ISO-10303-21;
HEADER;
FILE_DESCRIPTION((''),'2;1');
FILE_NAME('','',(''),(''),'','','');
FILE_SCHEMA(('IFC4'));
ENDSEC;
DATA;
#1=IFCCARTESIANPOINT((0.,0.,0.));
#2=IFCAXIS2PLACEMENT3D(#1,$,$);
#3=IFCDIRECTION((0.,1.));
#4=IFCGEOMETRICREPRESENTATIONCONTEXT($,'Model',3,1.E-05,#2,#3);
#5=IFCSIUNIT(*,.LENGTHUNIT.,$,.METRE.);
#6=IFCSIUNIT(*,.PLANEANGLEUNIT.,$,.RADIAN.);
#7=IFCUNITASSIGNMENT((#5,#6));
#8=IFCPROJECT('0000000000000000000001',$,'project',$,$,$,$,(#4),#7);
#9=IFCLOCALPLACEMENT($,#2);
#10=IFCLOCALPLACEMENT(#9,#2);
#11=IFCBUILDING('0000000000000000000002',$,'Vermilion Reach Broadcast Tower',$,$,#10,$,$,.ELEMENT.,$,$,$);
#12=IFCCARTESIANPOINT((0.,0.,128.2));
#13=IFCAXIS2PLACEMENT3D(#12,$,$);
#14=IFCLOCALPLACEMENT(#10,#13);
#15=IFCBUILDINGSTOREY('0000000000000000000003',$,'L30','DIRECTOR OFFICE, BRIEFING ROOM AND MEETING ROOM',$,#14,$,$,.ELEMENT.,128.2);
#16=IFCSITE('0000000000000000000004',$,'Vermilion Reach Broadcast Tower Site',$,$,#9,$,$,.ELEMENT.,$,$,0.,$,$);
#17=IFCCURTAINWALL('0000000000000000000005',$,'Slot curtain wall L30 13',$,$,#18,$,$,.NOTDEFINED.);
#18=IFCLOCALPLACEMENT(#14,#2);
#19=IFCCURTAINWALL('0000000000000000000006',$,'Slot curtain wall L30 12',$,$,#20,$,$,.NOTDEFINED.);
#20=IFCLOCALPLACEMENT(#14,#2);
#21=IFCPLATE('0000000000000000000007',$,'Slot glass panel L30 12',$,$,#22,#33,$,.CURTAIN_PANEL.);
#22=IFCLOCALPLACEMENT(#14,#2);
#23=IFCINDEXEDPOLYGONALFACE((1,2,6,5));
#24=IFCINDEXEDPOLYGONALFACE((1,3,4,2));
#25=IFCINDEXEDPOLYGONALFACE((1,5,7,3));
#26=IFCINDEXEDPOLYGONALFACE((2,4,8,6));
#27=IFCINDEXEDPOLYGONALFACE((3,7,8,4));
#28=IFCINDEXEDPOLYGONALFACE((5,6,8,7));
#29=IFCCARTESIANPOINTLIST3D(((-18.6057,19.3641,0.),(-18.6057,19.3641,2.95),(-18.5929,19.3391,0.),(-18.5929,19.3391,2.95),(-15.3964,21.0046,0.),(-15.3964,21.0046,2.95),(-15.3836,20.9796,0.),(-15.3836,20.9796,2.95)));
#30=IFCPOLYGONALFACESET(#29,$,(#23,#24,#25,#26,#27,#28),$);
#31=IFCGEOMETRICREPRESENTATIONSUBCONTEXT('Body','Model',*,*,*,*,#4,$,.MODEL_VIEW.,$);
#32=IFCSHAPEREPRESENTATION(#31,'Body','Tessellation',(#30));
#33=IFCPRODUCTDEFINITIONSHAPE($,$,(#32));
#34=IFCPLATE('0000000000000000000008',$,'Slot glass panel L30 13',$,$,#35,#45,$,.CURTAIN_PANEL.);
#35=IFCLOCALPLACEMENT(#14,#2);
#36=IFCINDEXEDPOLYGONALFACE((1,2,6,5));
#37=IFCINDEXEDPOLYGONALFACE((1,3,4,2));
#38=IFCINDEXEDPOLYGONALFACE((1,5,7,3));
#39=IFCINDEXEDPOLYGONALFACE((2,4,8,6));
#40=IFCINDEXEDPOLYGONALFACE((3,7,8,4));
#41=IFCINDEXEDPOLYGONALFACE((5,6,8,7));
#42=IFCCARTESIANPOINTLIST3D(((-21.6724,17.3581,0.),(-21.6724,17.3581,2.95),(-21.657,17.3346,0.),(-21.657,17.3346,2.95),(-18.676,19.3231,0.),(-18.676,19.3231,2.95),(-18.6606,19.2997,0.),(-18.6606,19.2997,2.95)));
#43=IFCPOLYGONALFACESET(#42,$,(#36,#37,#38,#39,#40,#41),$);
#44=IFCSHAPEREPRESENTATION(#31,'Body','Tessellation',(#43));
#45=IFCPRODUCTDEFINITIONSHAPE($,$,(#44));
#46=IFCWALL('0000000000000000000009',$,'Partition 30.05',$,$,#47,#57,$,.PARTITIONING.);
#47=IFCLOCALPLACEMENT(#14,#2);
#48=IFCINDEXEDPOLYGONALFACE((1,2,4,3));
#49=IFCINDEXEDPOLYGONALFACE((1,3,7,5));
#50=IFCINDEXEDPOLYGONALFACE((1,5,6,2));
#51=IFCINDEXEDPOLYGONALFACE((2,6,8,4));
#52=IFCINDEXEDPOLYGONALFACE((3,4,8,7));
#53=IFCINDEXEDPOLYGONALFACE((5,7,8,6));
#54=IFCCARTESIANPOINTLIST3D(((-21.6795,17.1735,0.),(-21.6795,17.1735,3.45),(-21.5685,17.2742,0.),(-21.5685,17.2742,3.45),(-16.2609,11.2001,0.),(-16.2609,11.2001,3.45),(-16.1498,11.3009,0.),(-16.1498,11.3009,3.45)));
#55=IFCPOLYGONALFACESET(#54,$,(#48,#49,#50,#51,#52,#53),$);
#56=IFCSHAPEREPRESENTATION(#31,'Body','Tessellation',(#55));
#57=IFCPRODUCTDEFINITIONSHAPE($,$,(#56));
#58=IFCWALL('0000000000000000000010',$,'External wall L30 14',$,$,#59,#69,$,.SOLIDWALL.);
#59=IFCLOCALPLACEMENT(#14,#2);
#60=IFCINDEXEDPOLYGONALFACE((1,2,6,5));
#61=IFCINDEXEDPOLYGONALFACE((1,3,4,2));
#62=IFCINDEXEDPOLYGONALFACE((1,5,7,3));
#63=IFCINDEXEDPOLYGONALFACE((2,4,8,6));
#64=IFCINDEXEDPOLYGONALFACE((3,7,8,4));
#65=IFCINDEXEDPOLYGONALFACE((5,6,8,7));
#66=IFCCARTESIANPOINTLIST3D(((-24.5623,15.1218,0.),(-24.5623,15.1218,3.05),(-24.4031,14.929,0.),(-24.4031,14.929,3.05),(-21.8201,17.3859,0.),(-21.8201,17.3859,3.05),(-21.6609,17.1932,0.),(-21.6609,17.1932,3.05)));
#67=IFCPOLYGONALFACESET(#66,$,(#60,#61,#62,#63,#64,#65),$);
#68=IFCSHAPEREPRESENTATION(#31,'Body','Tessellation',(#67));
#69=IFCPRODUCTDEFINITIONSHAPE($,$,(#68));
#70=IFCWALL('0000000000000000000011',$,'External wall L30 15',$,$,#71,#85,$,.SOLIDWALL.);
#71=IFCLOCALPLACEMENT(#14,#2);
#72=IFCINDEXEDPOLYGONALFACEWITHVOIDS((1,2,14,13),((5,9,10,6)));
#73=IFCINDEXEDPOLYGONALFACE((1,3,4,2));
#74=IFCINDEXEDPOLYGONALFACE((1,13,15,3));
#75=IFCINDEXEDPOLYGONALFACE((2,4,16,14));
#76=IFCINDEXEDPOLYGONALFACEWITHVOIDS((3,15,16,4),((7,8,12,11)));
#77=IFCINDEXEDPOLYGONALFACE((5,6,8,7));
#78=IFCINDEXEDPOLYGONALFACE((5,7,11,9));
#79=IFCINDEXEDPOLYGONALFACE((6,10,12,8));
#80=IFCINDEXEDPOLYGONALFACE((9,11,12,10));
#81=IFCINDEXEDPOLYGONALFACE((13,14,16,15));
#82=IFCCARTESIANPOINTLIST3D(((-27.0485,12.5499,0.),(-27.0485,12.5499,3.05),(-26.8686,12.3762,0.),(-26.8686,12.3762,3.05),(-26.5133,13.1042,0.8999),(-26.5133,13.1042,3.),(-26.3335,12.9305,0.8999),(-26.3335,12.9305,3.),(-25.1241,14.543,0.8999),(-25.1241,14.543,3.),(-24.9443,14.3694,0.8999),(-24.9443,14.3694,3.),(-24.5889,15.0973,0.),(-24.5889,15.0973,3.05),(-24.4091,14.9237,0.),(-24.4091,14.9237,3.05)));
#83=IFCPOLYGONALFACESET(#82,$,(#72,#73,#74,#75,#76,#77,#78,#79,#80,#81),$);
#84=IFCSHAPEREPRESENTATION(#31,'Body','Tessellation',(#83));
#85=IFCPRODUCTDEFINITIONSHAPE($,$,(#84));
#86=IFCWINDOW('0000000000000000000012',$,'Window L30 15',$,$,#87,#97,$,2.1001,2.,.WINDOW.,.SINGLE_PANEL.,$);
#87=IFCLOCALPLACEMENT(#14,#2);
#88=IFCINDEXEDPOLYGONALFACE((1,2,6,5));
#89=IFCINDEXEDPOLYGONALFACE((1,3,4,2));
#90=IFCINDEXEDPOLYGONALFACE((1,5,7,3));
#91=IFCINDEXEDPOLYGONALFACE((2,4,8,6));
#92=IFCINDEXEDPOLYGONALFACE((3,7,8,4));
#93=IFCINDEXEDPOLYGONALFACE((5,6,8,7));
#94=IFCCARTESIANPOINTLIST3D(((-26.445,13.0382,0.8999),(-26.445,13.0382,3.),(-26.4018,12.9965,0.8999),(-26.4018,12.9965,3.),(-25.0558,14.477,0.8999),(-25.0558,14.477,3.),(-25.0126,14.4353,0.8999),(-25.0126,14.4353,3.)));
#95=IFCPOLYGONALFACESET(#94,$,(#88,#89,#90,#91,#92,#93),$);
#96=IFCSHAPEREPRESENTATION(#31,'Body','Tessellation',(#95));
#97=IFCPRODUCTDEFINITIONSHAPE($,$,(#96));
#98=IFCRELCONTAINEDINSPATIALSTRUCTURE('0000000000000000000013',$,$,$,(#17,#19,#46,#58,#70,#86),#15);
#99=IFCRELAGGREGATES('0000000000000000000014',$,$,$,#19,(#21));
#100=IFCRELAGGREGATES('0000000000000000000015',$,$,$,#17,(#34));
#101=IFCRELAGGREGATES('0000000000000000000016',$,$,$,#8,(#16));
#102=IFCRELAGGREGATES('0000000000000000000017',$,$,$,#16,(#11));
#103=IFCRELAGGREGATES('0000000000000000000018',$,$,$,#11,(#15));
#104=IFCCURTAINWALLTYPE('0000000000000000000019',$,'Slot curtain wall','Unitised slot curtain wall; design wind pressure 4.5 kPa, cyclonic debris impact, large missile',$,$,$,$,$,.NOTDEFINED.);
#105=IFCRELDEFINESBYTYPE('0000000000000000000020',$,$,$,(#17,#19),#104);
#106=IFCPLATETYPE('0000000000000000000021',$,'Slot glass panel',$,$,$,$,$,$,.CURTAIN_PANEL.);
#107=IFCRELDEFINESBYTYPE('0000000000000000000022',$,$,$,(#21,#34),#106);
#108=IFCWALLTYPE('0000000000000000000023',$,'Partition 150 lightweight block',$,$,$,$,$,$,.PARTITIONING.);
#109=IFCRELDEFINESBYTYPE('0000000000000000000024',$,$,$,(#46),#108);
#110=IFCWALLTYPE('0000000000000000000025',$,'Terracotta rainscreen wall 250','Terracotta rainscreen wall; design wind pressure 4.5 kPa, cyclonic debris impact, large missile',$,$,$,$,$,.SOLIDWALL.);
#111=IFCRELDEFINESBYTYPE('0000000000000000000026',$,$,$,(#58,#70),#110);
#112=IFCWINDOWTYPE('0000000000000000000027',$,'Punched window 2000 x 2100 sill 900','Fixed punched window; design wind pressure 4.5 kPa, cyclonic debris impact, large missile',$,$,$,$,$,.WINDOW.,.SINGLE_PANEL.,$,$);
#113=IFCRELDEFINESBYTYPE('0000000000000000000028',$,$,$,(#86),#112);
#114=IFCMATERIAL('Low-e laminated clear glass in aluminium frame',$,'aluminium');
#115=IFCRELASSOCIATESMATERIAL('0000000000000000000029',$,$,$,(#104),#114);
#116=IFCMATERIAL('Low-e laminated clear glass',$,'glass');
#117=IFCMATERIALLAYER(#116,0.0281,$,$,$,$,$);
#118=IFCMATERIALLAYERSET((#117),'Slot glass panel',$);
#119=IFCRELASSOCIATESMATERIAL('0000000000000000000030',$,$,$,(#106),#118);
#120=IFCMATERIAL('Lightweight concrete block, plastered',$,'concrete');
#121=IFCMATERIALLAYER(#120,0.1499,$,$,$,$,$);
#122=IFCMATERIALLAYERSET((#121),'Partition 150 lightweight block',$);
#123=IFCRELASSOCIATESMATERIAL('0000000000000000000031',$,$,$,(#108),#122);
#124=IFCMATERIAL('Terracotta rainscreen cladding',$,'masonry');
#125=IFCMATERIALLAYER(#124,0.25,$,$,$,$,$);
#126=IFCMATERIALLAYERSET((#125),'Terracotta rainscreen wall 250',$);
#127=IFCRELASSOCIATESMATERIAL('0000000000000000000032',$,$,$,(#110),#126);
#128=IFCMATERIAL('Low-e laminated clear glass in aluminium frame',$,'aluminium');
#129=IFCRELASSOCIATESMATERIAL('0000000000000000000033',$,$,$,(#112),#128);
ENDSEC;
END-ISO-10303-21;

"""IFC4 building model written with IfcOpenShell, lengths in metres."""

from ifc_helpers import new_model, si_unit, direction, frame, frame_2d, origin, origin_2d, place, context, subcontext, project, spatial, rectangle, extrude, material, layer, layer_set, type_object, element, fill, aggregate, save


model = new_model("IFC4")

# Units and contexts
model_context = context("Model", 3, precision=1e-05, world=origin(), true_north=direction((0.0, 1.0)))
body_context = subcontext(model_context, "Body", "Model", "MODEL_VIEW")
ifc_project = project(units=[si_unit("LENGTHUNIT", "METRE"), si_unit("PLANEANGLEUNIT", "RADIAN")], contexts=[model_context])

# Site, building, storey
site_placement = place(None, origin())
site = spatial("IfcSite", under=ifc_project, at=site_placement, Name="Vermilion Reach Broadcast Tower Site", CompositionType="ELEMENT", RefElevation=0.0)
building_placement = place(site_placement, origin())
building = spatial("IfcBuilding", under=site, at=building_placement, Name="Vermilion Reach Broadcast Tower", CompositionType="ELEMENT")
storey_placement = place(building_placement, frame((0.0, 0.0, 128.2)))
storey = spatial("IfcBuildingStorey", under=building, at=storey_placement, Name="L30", Description="DIRECTOR OFFICE, BRIEFING ROOM AND MEETING ROOM", CompositionType="ELEMENT", Elevation=128.2)

# Curtain wall
ifc_material_1 = material(Name="Low-e laminated clear glass in aluminium frame", Category="aluminium")
curtain_wall_type = type_object("IfcCurtainWallType", Name="Slot curtain wall", Description="Unitised slot curtain wall; design wind pressure 4.5 kPa, cyclonic debris impact, large missile", PredefinedType="NOTDEFINED", material=ifc_material_1)
placement = place(storey_placement, origin())
curtain_wall_1 = element("IfcCurtainWall", 1, at=placement, inside=storey, type_object=curtain_wall_type, Name="Slot curtain wall L30 13", PredefinedType="NOTDEFINED")

# Curtain wall
curtain_wall_2 = element("IfcCurtainWall", 2, at=placement, inside=storey, type_object=curtain_wall_type, Name="Slot curtain wall L30 12", PredefinedType="NOTDEFINED")

# Plates
ifc_material_2 = material(Name="Low-e laminated clear glass", Category="glass")
ifc_layer_1 = layer(ifc_material_2, 0.0281)
ifc_layer_set_1 = layer_set([ifc_layer_1], Name="Slot glass panel")
plate_type = type_object("IfcPlateType", Name="Slot glass panel", PredefinedType="CURTAIN_PANEL", material=ifc_layer_set_1)
plate_1_placement = place(storey_placement, frame((-16.9946, 20.1719, 0.0), z_axis=(0.0, 0.0, 1.0), x_axis=(-0.890417, -0.455146, 0.0)))
plate_1 = element("IfcPlate", 3, at=plate_1_placement, type_object=plate_type, Name="Slot glass panel L30 12", PredefinedType="CURTAIN_PANEL", context=body_context, shape_type="SweptSolid", body=[
    extrude(rectangle(XDim=3.6042, YDim=0.0281, at=origin_2d()), origin(), (0.0, 0.0, 1.0), 2.95),
])
aggregate(curtain_wall_2, [plate_1])
plate_2_placement = place(storey_placement, frame((-20.1665, 18.3289, 0.0), z_axis=(0.0, 0.0, 1.0), x_axis=(-0.836214, -0.548403, 0.0)))
plate_2 = element("IfcPlate", 4, at=plate_2_placement, type_object=plate_type, Name="Slot glass panel L30 13", PredefinedType="CURTAIN_PANEL", context=body_context, shape_type="SweptSolid", body=[
    extrude(rectangle(XDim=3.5833, YDim=0.0281, at=origin_2d()), origin(), (0.0, 0.0, 1.0), 2.95),
])
aggregate(curtain_wall_1, [plate_2])

# Walls
ifc_material_3 = material(Name="Lightweight concrete block, plastered", Category="concrete")
ifc_layer_2 = layer(ifc_material_3, 0.1499)
ifc_layer_set_2 = layer_set([ifc_layer_2], Name="Partition 150 lightweight block")
wall_type_1 = type_object("IfcWallType", Name="Partition 150 lightweight block", PredefinedType="PARTITIONING", material=ifc_layer_set_2)
wall_1_placement = place(storey_placement, frame((-21.624, 17.2239, 0.0), z_axis=(0.0, 0.0, 1.0), x_axis=(0.671881, -0.740659, 0.0)))
element("IfcWall", 5, at=wall_1_placement, inside=storey, type_object=wall_type_1, Name="Partition 30.05", PredefinedType="PARTITIONING", context=body_context, shape_type="SweptSolid", body=[
    extrude(rectangle(XDim=8.0649, YDim=0.1499, at=frame_2d((4.0325, 0.0))), origin(), (0.0, 0.0, 1.0), 3.45),
])
ifc_material_4 = material(Name="Terracotta rainscreen cladding", Category="masonry")
ifc_layer_3 = layer(ifc_material_4, 0.25)
ifc_layer_set_3 = layer_set([ifc_layer_3], Name="Terracotta rainscreen wall 250")
wall_type_2 = type_object("IfcWallType", Name="Terracotta rainscreen wall 250", Description="Terracotta rainscreen wall; design wind pressure 4.5 kPa, cyclonic debris impact, large missile", PredefinedType="SOLIDWALL", material=ifc_layer_set_3)
wall_2_placement = place(storey_placement, frame((-21.7405, 17.2896, 0.0), z_axis=(0.0, 0.0, 1.0), x_axis=(-0.771117, -0.636693, 0.0)))
element("IfcWall", 6, at=wall_2_placement, inside=storey, type_object=wall_type_2, Name="External wall L30 14", PredefinedType="SOLIDWALL", context=body_context, shape_type="SweptSolid", body=[
    extrude(rectangle(XDim=3.5562, YDim=0.25, at=frame_2d((1.7781, 0.0))), origin(), (0.0, 0.0, 1.0), 3.05),
])

# Wall, opening, window
wall_3_placement = place(storey_placement, frame((-24.499, 15.0105, 0.0), z_axis=(0.0, 0.0, 1.0), x_axis=(-0.694587, -0.719409, 0.0)))
wall_3 = element("IfcWall", 7, at=wall_3_placement, inside=storey, type_object=wall_type_2, Name="External wall L30 15", PredefinedType="SOLIDWALL", context=body_context, shape_type="SweptSolid", body=[
    extrude(rectangle(XDim=3.541, YDim=0.25, at=frame_2d((1.7705, 0.0))), origin(), (0.0, 0.0, 1.0), 3.05),
])
opening_placement = place(wall_3_placement, frame((0.7705, 0.0, 0.8999)))
opening = element("IfcOpeningElement", 8, at=opening_placement, cuts=wall_3, PredefinedType="OPENING", context=body_context, shape_type="SweptSolid", body=[
    extrude(rectangle(XDim=2.0, YDim=2.1001, at=frame_2d((1.0, 1.05))), frame((0.0, 0.135, 0.0), z_axis=(0.0, -1.0, 0.0), x_axis=(1.0, 0.0, 0.0)), (0.0, 0.0, 1.0), 0.27),
])
ifc_material_5 = material(Name="Low-e laminated clear glass in aluminium frame", Category="aluminium")
window_type = type_object("IfcWindowType", Name="Punched window 2000 x 2100 sill 900", Description="Fixed punched window; design wind pressure 4.5 kPa, cyclonic debris impact, large missile", PartitioningType="SINGLE_PANEL", PredefinedType="WINDOW", material=ifc_material_5)
window_placement = place(opening_placement, origin())
window = element("IfcWindow", 9, at=window_placement, inside=storey, type_object=window_type, Name="Window L30 15", OverallHeight=2.1001, OverallWidth=2.0, PartitioningType="SINGLE_PANEL", PredefinedType="WINDOW", context=body_context, shape_type="SweptSolid", body=[
    extrude(rectangle(XDim=2.0, YDim=2.1001, at=frame_2d((1.0, 1.05))), frame((0.0, 0.03, 0.0), z_axis=(0.0, -1.0, 0.0), x_axis=(1.0, 0.0, 0.0)), (0.0, 0.0, 1.0), 0.0601),
])
fill(opening, window)

save(model, "model.ifc")
